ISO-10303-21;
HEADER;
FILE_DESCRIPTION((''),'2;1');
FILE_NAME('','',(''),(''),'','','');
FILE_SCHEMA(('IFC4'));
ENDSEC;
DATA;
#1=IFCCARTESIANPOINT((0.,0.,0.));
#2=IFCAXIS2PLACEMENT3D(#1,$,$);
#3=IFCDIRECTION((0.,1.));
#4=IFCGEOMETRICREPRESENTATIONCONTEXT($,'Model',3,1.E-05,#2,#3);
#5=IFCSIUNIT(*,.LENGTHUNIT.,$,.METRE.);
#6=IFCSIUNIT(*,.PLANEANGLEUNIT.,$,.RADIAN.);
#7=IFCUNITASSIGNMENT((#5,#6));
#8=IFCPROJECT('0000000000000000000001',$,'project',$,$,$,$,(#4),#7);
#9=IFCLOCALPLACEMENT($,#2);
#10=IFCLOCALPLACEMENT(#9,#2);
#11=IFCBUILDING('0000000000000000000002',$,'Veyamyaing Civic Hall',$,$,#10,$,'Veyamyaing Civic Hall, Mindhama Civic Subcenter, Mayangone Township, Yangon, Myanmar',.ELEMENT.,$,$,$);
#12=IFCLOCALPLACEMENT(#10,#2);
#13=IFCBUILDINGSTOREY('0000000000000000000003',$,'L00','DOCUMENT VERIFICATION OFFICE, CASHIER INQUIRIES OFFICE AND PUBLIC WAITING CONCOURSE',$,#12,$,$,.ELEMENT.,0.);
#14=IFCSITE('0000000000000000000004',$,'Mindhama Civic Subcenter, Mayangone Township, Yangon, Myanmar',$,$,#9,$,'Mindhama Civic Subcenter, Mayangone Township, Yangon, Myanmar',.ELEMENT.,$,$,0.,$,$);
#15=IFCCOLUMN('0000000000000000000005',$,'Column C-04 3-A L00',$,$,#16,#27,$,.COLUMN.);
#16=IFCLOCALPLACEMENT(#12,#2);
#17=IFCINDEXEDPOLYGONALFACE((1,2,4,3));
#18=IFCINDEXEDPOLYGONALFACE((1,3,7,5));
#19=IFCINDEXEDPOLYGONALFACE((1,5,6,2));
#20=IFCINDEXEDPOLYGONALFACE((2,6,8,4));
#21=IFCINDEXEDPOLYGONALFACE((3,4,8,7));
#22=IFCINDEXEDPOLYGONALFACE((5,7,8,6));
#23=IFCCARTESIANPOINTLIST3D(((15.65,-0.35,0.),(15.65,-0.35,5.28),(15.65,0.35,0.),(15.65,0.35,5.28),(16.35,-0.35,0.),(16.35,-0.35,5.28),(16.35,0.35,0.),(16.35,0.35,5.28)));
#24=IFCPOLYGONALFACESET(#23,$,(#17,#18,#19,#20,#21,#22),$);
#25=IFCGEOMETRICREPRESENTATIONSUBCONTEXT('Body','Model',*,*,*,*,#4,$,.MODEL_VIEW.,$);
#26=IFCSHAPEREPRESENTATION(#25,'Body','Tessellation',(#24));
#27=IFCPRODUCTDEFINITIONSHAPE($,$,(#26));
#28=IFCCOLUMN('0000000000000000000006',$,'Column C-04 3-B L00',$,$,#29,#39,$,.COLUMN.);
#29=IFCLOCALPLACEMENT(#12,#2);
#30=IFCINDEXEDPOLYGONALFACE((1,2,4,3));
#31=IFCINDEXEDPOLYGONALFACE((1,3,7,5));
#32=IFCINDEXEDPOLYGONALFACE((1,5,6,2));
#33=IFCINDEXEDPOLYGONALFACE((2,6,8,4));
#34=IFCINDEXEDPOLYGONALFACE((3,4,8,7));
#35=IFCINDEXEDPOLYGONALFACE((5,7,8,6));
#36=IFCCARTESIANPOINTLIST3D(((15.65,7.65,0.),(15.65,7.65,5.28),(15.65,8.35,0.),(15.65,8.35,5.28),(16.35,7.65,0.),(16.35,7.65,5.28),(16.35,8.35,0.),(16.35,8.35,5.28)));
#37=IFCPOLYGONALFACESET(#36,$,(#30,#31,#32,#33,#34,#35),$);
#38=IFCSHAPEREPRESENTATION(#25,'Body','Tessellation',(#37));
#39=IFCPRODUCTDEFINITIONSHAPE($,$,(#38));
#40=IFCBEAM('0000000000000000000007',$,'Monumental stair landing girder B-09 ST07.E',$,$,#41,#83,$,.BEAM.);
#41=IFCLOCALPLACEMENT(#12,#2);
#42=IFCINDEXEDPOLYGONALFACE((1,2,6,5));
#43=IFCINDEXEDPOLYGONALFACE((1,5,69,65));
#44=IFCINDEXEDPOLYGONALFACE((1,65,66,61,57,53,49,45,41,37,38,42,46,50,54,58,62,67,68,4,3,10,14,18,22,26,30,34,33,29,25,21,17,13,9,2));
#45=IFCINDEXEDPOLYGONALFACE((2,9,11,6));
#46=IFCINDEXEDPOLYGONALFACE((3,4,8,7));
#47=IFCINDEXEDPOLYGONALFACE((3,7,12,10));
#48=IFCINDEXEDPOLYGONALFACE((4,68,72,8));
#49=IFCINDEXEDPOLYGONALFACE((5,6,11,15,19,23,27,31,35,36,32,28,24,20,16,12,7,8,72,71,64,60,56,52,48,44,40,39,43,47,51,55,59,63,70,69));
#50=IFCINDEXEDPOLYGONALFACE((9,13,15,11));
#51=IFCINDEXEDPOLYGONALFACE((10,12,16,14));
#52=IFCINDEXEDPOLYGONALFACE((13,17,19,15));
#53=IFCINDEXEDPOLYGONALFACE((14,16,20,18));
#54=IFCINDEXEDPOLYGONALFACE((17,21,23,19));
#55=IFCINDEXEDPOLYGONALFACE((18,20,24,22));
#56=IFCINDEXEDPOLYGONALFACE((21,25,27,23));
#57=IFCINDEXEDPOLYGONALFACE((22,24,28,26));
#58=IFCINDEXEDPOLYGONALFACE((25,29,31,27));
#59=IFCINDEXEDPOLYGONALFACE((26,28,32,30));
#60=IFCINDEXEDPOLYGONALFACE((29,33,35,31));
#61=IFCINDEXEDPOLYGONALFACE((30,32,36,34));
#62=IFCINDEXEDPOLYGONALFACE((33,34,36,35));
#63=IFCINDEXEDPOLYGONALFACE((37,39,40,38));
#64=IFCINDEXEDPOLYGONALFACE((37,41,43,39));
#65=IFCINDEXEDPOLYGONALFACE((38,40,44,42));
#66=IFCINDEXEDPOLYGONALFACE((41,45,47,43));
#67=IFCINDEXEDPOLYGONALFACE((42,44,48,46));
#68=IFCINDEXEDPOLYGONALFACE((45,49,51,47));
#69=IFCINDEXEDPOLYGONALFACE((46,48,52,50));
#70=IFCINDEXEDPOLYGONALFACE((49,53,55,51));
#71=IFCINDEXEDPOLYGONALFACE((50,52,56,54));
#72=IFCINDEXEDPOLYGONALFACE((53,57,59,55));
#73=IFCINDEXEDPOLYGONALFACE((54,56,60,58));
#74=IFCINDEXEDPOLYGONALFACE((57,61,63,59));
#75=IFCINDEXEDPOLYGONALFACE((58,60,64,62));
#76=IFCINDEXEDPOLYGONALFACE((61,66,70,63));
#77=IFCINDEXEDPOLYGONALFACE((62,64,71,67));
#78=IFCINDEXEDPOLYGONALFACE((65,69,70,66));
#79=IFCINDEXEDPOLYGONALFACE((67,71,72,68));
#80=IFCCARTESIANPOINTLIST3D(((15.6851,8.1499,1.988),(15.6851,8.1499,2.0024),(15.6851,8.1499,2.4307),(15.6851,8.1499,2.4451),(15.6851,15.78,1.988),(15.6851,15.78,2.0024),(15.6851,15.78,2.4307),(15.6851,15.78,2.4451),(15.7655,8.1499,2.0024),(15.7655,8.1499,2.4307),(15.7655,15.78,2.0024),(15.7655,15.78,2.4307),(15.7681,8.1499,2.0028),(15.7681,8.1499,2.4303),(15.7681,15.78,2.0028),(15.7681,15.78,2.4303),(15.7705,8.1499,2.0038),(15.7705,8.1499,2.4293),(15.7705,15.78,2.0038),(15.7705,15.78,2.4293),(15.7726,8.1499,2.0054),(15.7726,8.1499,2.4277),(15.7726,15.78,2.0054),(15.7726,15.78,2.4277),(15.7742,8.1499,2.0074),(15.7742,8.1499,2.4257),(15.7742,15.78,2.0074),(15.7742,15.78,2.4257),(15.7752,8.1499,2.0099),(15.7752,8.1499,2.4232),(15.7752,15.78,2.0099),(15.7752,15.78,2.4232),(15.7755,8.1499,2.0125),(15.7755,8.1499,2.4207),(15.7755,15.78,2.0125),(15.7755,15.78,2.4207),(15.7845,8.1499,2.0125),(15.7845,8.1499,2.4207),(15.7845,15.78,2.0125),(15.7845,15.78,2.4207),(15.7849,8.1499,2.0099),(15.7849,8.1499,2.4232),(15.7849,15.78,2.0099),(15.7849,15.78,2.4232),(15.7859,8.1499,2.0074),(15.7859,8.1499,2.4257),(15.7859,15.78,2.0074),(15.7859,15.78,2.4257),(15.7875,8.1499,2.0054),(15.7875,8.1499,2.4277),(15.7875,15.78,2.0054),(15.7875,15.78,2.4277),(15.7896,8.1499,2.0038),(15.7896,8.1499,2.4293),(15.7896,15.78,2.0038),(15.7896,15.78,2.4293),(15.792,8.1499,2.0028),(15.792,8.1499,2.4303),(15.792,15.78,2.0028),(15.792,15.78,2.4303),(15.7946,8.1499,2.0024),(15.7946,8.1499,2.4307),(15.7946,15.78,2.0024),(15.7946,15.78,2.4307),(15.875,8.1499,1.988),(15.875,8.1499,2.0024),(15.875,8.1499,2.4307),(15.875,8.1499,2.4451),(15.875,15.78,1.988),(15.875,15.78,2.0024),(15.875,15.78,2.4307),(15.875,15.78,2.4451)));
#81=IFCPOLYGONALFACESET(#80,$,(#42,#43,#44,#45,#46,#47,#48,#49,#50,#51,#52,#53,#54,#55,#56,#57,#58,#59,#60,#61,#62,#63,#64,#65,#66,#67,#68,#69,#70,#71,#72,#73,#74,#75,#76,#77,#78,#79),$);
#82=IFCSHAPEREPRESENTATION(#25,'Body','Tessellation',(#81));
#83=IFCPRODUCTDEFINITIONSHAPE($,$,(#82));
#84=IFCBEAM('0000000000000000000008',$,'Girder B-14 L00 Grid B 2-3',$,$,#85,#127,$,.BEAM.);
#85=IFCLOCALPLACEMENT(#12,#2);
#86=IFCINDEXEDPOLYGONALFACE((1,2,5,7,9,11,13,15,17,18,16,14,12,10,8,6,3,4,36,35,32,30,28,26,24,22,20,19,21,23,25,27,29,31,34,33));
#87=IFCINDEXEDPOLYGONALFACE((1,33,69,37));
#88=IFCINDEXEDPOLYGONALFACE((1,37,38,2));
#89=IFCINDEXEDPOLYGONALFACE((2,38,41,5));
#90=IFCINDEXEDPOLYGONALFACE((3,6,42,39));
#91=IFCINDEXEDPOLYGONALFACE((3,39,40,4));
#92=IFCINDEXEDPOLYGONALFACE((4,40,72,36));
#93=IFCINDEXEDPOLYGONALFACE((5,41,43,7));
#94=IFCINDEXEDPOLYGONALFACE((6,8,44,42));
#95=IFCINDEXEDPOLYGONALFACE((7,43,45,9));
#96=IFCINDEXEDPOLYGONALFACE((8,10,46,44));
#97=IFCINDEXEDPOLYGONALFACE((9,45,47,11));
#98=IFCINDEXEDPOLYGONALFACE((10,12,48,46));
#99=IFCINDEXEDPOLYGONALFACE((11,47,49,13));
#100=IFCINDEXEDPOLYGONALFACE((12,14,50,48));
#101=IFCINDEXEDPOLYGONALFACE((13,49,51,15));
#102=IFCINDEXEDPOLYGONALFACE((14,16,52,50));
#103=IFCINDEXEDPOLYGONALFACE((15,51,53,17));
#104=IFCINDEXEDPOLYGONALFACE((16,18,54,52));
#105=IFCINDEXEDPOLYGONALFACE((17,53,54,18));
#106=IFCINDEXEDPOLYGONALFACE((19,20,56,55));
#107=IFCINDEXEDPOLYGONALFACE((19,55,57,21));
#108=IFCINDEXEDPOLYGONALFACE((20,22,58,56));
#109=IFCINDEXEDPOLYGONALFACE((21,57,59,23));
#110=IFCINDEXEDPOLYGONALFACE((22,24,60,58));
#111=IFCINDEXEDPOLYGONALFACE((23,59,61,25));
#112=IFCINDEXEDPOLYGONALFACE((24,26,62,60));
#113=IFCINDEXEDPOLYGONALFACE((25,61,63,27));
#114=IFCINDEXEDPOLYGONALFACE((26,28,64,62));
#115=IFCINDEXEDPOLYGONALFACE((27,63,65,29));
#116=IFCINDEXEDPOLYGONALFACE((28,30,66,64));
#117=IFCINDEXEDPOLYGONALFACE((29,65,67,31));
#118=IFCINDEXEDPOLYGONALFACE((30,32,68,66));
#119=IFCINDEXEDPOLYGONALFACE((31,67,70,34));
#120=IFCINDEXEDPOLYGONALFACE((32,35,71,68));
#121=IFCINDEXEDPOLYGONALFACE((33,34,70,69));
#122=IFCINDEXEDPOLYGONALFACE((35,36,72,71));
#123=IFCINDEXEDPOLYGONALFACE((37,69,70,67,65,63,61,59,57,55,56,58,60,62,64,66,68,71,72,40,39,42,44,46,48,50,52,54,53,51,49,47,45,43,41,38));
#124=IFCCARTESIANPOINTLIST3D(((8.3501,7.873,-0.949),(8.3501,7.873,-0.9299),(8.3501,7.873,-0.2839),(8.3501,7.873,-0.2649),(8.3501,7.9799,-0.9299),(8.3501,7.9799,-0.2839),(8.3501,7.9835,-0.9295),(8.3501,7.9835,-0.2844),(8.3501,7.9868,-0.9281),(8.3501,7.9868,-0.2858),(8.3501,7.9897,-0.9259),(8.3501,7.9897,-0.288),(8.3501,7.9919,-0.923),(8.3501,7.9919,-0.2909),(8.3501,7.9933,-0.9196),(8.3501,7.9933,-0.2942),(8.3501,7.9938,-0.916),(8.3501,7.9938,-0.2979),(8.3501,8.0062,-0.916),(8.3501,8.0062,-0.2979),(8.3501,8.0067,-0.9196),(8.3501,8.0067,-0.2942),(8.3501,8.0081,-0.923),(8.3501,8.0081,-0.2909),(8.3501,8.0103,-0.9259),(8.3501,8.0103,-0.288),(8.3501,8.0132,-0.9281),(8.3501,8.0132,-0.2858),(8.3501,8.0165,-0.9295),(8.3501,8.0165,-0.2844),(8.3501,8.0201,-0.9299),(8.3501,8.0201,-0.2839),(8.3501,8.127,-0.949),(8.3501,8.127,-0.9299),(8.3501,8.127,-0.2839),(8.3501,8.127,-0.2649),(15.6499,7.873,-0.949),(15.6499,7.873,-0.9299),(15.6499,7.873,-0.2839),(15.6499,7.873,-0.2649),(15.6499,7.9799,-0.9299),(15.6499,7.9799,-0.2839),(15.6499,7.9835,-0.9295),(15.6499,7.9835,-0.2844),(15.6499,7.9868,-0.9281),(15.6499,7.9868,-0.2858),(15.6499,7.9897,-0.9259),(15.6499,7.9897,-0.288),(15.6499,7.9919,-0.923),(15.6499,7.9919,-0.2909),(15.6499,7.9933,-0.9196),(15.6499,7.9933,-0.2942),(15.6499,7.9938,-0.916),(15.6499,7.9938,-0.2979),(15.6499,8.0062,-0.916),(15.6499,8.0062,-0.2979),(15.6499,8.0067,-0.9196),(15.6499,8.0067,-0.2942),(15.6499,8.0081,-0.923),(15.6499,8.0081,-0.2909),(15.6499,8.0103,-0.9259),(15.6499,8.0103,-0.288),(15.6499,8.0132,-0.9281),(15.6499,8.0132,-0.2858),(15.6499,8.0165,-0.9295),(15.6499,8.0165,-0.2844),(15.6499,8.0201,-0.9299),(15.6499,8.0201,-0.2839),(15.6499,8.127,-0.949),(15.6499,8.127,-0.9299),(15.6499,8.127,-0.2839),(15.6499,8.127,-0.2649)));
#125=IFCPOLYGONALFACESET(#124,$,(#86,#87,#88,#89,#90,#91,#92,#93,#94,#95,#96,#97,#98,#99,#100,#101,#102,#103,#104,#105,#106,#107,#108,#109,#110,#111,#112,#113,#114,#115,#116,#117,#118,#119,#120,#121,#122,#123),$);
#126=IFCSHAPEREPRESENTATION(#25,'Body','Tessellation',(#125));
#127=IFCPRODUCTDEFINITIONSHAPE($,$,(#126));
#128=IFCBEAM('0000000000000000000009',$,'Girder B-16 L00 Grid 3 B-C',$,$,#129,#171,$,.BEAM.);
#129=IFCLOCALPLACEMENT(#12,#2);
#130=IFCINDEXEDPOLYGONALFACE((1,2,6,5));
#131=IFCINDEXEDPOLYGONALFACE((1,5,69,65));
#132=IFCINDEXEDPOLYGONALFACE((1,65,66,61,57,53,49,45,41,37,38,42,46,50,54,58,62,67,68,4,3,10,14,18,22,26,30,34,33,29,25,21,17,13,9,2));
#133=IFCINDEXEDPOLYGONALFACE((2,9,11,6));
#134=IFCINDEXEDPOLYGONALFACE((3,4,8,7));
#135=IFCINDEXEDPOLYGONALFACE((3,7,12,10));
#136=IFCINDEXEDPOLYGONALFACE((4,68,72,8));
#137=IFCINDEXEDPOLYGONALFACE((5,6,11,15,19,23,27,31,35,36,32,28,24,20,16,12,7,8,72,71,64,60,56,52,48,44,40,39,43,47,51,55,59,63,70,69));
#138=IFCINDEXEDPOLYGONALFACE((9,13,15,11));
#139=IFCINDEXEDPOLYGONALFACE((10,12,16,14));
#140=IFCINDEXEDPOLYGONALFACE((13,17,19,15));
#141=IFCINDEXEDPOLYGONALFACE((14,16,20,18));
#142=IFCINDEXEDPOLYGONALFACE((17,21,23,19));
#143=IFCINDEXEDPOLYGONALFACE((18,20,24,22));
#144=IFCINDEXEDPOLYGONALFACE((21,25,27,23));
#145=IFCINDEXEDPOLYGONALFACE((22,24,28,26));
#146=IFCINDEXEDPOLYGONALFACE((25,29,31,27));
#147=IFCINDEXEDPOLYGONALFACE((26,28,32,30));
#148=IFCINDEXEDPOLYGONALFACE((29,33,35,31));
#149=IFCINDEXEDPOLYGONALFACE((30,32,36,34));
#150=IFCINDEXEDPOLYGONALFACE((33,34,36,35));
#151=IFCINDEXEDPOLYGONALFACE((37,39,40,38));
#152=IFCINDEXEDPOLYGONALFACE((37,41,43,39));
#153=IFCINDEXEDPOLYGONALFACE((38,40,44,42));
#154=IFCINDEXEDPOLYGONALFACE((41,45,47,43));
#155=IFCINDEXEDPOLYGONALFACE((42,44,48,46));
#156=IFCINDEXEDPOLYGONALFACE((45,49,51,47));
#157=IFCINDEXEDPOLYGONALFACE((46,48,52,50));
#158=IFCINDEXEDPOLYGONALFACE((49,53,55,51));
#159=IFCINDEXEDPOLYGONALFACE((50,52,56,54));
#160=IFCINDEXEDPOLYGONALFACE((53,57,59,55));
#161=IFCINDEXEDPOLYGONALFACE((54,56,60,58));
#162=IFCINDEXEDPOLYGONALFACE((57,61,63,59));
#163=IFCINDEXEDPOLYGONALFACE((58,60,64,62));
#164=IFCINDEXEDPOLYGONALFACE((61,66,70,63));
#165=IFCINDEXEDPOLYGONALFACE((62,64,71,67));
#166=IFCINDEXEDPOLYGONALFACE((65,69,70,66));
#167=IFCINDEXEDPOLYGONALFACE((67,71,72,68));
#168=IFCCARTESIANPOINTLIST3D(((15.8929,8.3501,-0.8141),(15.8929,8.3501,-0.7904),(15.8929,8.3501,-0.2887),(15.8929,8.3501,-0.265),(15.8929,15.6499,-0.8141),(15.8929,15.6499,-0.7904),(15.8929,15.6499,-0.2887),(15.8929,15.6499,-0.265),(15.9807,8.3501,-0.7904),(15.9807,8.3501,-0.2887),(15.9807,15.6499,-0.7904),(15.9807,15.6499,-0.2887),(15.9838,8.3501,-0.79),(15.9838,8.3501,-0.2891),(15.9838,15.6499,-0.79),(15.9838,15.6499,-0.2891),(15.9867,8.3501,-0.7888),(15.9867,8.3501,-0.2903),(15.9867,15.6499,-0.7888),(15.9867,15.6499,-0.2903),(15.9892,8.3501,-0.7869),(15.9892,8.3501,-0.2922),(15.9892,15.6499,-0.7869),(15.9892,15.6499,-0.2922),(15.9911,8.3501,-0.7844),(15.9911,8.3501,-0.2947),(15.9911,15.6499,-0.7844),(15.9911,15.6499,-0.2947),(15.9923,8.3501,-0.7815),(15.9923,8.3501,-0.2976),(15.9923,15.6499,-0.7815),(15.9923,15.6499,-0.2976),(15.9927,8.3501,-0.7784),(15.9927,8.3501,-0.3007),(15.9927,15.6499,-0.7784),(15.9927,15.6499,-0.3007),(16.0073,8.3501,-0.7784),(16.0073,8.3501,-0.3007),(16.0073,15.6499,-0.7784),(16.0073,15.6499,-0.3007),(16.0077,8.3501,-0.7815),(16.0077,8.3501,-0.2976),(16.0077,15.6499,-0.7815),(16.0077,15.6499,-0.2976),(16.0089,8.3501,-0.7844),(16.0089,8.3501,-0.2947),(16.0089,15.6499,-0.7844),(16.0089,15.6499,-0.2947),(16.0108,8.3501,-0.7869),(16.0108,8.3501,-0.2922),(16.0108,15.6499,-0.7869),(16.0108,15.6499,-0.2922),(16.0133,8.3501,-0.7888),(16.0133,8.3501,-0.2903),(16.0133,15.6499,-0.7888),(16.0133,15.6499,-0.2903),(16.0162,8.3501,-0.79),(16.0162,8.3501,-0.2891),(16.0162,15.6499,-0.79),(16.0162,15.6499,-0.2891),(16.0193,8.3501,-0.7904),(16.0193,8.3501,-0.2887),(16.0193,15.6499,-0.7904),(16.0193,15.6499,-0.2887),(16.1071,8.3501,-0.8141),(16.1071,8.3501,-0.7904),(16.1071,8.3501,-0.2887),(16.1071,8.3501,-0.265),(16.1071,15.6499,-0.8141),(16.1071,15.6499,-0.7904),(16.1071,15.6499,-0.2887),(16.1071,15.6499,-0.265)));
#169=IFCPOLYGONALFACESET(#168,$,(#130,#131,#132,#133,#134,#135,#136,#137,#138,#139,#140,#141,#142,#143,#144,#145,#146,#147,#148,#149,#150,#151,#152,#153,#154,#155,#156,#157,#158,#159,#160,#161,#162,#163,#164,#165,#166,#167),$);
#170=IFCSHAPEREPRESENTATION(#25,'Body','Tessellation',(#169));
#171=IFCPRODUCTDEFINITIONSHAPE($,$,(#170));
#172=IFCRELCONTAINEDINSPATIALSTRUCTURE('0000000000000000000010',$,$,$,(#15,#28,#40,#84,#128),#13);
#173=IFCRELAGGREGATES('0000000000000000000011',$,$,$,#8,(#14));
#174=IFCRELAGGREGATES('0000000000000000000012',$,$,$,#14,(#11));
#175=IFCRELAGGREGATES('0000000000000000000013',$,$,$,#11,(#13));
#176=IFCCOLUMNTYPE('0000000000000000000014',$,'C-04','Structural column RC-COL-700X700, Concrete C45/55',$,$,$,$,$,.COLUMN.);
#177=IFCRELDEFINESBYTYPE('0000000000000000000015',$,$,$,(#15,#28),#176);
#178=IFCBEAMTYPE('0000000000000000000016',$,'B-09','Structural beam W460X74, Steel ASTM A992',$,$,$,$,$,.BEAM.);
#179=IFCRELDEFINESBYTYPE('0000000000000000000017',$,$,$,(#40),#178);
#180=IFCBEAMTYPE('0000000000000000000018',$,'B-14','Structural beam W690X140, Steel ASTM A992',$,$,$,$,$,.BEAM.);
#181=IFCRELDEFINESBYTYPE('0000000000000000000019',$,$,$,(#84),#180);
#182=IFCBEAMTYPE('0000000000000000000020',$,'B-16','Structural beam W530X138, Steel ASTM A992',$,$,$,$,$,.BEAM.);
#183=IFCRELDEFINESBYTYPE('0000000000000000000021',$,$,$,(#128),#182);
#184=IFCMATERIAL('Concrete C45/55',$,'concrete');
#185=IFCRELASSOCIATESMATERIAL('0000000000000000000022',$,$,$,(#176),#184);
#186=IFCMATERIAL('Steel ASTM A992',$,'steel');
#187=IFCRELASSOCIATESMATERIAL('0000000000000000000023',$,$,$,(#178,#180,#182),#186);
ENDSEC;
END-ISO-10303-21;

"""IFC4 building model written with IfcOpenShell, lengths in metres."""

from ifc_helpers import new_model, si_unit, direction, frame, origin, origin_2d, place, context, subcontext, project, spatial, rectangle, i_section, extrude, material, material_profile, profile_set, type_object, element, save


model = new_model("IFC4")

# Units and contexts
model_context = context("Model", 3, precision=1e-05, world=origin(), true_north=direction((0.0, 1.0)))
body_context = subcontext(model_context, "Body", "Model", "MODEL_VIEW")
ifc_project = project(units=[si_unit("LENGTHUNIT", "METRE"), si_unit("PLANEANGLEUNIT", "RADIAN")], contexts=[model_context])

# Site, building, storey
site_placement = place(None, origin())
site = spatial("IfcSite", under=ifc_project, at=site_placement, Name="Mindhama Civic Subcenter, Mayangone Township, Yangon, Myanmar", LongName="Mindhama Civic Subcenter, Mayangone Township, Yangon, Myanmar", CompositionType="ELEMENT", RefElevation=0.0)
building_placement = place(site_placement, origin())
building = spatial("IfcBuilding", under=site, at=building_placement, Name="Veyamyaing Civic Hall", LongName="Veyamyaing Civic Hall, Mindhama Civic Subcenter, Mayangone Township, Yangon, Myanmar", CompositionType="ELEMENT")
storey_placement = place(building_placement, origin())
storey = spatial("IfcBuildingStorey", under=building, at=storey_placement, Name="L00", Description="DOCUMENT VERIFICATION OFFICE, CASHIER INQUIRIES OFFICE AND PUBLIC WAITING CONCOURSE", CompositionType="ELEMENT", Elevation=0.0)

# Columns
ifc_material_1 = material(Name="Concrete C45/55", Category="concrete")
ifc_material_profile_1 = material_profile(ifc_material_1, rectangle(XDim=0.7, YDim=0.7, at=origin_2d()), Name="RC-COL-700X700")
ifc_profile_set_1 = profile_set([ifc_material_profile_1], Name="Concrete C45/55")
column_type = type_object("IfcColumnType", Name="C-04", Description="Structural column RC-COL-700X700, Concrete C45/55", PredefinedType="COLUMN", material=ifc_profile_set_1)
for number, where, z_axis, x_axis, name in (
    (1, (16.0, 0.0, 0.0), (0.0, 0.0, 1.0), (1.0, 0.0, 0.0), "Column C-04 3-A L00"),
    (2, (16.0, 8.0, 0.0), (0.0, 0.0, 1.0), (1.0, 0.0, 0.0), "Column C-04 3-B L00"),
):
    element("IfcColumn", number, at=place(storey_placement, frame(where, z_axis=z_axis, x_axis=x_axis)), inside=storey, type_object=column_type, Name=name, PredefinedType="COLUMN", context=body_context, shape_type="SweptSolid", body=[
        extrude(rectangle(XDim=0.7, YDim=0.7, at=origin_2d()), origin(), (0.0, 0.0, 1.0), 5.28),
    ])

# Beams
ifc_material_2 = material(Name="Steel ASTM A992", Category="steel")
ifc_material_profile_2 = material_profile(ifc_material_2, i_section(OverallWidth=0.1899, OverallDepth=0.457, WebThickness=0.009, FlangeThickness=0.0144, FilletRadius=0.01, at=origin_2d()), Name="W460X74")
ifc_profile_set_2 = profile_set([ifc_material_profile_2], Name="Steel ASTM A992")
beam_type_1 = type_object("IfcBeamType", Name="B-09", Description="Structural beam W460X74, Steel ASTM A992", PredefinedType="BEAM", material=ifc_profile_set_2)
beam_1_placement = place(storey_placement, frame((15.78, 8.1499, 2.2166), z_axis=(0.0, 1.0, 0.0), x_axis=(-1.0, 0.0, 0.0)))
element("IfcBeam", 3, at=beam_1_placement, inside=storey, type_object=beam_type_1, Name="Monumental stair landing girder B-09 ST07.E", PredefinedType="BEAM", context=body_context, shape_type="SweptSolid", body=[
    extrude(i_section(OverallWidth=0.1899, OverallDepth=0.457, WebThickness=0.009, FlangeThickness=0.0144, FilletRadius=0.01, at=origin_2d()), origin(), (0.0, 0.0, 1.0), 7.6301),
])
ifc_material_profile_3 = material_profile(ifc_material_2, i_section(OverallWidth=0.2539, OverallDepth=0.6841, WebThickness=0.0125, FlangeThickness=0.019, FilletRadius=0.0139, at=origin_2d()), Name="W690X140")
ifc_profile_set_3 = profile_set([ifc_material_profile_3], Name="Steel ASTM A992")
beam_type_2 = type_object("IfcBeamType", Name="B-14", Description="Structural beam W690X140, Steel ASTM A992", PredefinedType="BEAM", material=ifc_profile_set_3)
beam_2_placement = place(storey_placement, frame((8.3501, 8.0, -0.6069), z_axis=(1.0, 0.0, 0.0), x_axis=(0.0, 1.0, 0.0)))
element("IfcBeam", 4, at=beam_2_placement, inside=storey, type_object=beam_type_2, Name="Girder B-14 L00 Grid B 2-3", PredefinedType="BEAM", context=body_context, shape_type="SweptSolid", body=[
    extrude(i_section(OverallWidth=0.2539, OverallDepth=0.6841, WebThickness=0.0125, FlangeThickness=0.019, FilletRadius=0.0139, at=origin_2d()), origin(), (0.0, 0.0, 1.0), 7.2998),
])
ifc_material_profile_4 = material_profile(ifc_material_2, i_section(OverallWidth=0.2141, OverallDepth=0.5491, WebThickness=0.0146, FlangeThickness=0.0237, FilletRadius=0.012, at=origin_2d()), Name="W530X138")
ifc_profile_set_4 = profile_set([ifc_material_profile_4], Name="Steel ASTM A992")
beam_type_3 = type_object("IfcBeamType", Name="B-16", Description="Structural beam W530X138, Steel ASTM A992", PredefinedType="BEAM", material=ifc_profile_set_4)
beam_3_placement = place(storey_placement, frame((16.0, 8.3501, -0.5396), z_axis=(0.0, 1.0, 0.0), x_axis=(-1.0, 0.0, 0.0)))
element("IfcBeam", 5, at=beam_3_placement, inside=storey, type_object=beam_type_3, Name="Girder B-16 L00 Grid 3 B-C", PredefinedType="BEAM", context=body_context, shape_type="SweptSolid", body=[
    extrude(i_section(OverallWidth=0.2141, OverallDepth=0.5491, WebThickness=0.0146, FlangeThickness=0.0237, FilletRadius=0.012, at=origin_2d()), origin(), (0.0, 0.0, 1.0), 7.2998),
])

save(model, "model.ifc")
